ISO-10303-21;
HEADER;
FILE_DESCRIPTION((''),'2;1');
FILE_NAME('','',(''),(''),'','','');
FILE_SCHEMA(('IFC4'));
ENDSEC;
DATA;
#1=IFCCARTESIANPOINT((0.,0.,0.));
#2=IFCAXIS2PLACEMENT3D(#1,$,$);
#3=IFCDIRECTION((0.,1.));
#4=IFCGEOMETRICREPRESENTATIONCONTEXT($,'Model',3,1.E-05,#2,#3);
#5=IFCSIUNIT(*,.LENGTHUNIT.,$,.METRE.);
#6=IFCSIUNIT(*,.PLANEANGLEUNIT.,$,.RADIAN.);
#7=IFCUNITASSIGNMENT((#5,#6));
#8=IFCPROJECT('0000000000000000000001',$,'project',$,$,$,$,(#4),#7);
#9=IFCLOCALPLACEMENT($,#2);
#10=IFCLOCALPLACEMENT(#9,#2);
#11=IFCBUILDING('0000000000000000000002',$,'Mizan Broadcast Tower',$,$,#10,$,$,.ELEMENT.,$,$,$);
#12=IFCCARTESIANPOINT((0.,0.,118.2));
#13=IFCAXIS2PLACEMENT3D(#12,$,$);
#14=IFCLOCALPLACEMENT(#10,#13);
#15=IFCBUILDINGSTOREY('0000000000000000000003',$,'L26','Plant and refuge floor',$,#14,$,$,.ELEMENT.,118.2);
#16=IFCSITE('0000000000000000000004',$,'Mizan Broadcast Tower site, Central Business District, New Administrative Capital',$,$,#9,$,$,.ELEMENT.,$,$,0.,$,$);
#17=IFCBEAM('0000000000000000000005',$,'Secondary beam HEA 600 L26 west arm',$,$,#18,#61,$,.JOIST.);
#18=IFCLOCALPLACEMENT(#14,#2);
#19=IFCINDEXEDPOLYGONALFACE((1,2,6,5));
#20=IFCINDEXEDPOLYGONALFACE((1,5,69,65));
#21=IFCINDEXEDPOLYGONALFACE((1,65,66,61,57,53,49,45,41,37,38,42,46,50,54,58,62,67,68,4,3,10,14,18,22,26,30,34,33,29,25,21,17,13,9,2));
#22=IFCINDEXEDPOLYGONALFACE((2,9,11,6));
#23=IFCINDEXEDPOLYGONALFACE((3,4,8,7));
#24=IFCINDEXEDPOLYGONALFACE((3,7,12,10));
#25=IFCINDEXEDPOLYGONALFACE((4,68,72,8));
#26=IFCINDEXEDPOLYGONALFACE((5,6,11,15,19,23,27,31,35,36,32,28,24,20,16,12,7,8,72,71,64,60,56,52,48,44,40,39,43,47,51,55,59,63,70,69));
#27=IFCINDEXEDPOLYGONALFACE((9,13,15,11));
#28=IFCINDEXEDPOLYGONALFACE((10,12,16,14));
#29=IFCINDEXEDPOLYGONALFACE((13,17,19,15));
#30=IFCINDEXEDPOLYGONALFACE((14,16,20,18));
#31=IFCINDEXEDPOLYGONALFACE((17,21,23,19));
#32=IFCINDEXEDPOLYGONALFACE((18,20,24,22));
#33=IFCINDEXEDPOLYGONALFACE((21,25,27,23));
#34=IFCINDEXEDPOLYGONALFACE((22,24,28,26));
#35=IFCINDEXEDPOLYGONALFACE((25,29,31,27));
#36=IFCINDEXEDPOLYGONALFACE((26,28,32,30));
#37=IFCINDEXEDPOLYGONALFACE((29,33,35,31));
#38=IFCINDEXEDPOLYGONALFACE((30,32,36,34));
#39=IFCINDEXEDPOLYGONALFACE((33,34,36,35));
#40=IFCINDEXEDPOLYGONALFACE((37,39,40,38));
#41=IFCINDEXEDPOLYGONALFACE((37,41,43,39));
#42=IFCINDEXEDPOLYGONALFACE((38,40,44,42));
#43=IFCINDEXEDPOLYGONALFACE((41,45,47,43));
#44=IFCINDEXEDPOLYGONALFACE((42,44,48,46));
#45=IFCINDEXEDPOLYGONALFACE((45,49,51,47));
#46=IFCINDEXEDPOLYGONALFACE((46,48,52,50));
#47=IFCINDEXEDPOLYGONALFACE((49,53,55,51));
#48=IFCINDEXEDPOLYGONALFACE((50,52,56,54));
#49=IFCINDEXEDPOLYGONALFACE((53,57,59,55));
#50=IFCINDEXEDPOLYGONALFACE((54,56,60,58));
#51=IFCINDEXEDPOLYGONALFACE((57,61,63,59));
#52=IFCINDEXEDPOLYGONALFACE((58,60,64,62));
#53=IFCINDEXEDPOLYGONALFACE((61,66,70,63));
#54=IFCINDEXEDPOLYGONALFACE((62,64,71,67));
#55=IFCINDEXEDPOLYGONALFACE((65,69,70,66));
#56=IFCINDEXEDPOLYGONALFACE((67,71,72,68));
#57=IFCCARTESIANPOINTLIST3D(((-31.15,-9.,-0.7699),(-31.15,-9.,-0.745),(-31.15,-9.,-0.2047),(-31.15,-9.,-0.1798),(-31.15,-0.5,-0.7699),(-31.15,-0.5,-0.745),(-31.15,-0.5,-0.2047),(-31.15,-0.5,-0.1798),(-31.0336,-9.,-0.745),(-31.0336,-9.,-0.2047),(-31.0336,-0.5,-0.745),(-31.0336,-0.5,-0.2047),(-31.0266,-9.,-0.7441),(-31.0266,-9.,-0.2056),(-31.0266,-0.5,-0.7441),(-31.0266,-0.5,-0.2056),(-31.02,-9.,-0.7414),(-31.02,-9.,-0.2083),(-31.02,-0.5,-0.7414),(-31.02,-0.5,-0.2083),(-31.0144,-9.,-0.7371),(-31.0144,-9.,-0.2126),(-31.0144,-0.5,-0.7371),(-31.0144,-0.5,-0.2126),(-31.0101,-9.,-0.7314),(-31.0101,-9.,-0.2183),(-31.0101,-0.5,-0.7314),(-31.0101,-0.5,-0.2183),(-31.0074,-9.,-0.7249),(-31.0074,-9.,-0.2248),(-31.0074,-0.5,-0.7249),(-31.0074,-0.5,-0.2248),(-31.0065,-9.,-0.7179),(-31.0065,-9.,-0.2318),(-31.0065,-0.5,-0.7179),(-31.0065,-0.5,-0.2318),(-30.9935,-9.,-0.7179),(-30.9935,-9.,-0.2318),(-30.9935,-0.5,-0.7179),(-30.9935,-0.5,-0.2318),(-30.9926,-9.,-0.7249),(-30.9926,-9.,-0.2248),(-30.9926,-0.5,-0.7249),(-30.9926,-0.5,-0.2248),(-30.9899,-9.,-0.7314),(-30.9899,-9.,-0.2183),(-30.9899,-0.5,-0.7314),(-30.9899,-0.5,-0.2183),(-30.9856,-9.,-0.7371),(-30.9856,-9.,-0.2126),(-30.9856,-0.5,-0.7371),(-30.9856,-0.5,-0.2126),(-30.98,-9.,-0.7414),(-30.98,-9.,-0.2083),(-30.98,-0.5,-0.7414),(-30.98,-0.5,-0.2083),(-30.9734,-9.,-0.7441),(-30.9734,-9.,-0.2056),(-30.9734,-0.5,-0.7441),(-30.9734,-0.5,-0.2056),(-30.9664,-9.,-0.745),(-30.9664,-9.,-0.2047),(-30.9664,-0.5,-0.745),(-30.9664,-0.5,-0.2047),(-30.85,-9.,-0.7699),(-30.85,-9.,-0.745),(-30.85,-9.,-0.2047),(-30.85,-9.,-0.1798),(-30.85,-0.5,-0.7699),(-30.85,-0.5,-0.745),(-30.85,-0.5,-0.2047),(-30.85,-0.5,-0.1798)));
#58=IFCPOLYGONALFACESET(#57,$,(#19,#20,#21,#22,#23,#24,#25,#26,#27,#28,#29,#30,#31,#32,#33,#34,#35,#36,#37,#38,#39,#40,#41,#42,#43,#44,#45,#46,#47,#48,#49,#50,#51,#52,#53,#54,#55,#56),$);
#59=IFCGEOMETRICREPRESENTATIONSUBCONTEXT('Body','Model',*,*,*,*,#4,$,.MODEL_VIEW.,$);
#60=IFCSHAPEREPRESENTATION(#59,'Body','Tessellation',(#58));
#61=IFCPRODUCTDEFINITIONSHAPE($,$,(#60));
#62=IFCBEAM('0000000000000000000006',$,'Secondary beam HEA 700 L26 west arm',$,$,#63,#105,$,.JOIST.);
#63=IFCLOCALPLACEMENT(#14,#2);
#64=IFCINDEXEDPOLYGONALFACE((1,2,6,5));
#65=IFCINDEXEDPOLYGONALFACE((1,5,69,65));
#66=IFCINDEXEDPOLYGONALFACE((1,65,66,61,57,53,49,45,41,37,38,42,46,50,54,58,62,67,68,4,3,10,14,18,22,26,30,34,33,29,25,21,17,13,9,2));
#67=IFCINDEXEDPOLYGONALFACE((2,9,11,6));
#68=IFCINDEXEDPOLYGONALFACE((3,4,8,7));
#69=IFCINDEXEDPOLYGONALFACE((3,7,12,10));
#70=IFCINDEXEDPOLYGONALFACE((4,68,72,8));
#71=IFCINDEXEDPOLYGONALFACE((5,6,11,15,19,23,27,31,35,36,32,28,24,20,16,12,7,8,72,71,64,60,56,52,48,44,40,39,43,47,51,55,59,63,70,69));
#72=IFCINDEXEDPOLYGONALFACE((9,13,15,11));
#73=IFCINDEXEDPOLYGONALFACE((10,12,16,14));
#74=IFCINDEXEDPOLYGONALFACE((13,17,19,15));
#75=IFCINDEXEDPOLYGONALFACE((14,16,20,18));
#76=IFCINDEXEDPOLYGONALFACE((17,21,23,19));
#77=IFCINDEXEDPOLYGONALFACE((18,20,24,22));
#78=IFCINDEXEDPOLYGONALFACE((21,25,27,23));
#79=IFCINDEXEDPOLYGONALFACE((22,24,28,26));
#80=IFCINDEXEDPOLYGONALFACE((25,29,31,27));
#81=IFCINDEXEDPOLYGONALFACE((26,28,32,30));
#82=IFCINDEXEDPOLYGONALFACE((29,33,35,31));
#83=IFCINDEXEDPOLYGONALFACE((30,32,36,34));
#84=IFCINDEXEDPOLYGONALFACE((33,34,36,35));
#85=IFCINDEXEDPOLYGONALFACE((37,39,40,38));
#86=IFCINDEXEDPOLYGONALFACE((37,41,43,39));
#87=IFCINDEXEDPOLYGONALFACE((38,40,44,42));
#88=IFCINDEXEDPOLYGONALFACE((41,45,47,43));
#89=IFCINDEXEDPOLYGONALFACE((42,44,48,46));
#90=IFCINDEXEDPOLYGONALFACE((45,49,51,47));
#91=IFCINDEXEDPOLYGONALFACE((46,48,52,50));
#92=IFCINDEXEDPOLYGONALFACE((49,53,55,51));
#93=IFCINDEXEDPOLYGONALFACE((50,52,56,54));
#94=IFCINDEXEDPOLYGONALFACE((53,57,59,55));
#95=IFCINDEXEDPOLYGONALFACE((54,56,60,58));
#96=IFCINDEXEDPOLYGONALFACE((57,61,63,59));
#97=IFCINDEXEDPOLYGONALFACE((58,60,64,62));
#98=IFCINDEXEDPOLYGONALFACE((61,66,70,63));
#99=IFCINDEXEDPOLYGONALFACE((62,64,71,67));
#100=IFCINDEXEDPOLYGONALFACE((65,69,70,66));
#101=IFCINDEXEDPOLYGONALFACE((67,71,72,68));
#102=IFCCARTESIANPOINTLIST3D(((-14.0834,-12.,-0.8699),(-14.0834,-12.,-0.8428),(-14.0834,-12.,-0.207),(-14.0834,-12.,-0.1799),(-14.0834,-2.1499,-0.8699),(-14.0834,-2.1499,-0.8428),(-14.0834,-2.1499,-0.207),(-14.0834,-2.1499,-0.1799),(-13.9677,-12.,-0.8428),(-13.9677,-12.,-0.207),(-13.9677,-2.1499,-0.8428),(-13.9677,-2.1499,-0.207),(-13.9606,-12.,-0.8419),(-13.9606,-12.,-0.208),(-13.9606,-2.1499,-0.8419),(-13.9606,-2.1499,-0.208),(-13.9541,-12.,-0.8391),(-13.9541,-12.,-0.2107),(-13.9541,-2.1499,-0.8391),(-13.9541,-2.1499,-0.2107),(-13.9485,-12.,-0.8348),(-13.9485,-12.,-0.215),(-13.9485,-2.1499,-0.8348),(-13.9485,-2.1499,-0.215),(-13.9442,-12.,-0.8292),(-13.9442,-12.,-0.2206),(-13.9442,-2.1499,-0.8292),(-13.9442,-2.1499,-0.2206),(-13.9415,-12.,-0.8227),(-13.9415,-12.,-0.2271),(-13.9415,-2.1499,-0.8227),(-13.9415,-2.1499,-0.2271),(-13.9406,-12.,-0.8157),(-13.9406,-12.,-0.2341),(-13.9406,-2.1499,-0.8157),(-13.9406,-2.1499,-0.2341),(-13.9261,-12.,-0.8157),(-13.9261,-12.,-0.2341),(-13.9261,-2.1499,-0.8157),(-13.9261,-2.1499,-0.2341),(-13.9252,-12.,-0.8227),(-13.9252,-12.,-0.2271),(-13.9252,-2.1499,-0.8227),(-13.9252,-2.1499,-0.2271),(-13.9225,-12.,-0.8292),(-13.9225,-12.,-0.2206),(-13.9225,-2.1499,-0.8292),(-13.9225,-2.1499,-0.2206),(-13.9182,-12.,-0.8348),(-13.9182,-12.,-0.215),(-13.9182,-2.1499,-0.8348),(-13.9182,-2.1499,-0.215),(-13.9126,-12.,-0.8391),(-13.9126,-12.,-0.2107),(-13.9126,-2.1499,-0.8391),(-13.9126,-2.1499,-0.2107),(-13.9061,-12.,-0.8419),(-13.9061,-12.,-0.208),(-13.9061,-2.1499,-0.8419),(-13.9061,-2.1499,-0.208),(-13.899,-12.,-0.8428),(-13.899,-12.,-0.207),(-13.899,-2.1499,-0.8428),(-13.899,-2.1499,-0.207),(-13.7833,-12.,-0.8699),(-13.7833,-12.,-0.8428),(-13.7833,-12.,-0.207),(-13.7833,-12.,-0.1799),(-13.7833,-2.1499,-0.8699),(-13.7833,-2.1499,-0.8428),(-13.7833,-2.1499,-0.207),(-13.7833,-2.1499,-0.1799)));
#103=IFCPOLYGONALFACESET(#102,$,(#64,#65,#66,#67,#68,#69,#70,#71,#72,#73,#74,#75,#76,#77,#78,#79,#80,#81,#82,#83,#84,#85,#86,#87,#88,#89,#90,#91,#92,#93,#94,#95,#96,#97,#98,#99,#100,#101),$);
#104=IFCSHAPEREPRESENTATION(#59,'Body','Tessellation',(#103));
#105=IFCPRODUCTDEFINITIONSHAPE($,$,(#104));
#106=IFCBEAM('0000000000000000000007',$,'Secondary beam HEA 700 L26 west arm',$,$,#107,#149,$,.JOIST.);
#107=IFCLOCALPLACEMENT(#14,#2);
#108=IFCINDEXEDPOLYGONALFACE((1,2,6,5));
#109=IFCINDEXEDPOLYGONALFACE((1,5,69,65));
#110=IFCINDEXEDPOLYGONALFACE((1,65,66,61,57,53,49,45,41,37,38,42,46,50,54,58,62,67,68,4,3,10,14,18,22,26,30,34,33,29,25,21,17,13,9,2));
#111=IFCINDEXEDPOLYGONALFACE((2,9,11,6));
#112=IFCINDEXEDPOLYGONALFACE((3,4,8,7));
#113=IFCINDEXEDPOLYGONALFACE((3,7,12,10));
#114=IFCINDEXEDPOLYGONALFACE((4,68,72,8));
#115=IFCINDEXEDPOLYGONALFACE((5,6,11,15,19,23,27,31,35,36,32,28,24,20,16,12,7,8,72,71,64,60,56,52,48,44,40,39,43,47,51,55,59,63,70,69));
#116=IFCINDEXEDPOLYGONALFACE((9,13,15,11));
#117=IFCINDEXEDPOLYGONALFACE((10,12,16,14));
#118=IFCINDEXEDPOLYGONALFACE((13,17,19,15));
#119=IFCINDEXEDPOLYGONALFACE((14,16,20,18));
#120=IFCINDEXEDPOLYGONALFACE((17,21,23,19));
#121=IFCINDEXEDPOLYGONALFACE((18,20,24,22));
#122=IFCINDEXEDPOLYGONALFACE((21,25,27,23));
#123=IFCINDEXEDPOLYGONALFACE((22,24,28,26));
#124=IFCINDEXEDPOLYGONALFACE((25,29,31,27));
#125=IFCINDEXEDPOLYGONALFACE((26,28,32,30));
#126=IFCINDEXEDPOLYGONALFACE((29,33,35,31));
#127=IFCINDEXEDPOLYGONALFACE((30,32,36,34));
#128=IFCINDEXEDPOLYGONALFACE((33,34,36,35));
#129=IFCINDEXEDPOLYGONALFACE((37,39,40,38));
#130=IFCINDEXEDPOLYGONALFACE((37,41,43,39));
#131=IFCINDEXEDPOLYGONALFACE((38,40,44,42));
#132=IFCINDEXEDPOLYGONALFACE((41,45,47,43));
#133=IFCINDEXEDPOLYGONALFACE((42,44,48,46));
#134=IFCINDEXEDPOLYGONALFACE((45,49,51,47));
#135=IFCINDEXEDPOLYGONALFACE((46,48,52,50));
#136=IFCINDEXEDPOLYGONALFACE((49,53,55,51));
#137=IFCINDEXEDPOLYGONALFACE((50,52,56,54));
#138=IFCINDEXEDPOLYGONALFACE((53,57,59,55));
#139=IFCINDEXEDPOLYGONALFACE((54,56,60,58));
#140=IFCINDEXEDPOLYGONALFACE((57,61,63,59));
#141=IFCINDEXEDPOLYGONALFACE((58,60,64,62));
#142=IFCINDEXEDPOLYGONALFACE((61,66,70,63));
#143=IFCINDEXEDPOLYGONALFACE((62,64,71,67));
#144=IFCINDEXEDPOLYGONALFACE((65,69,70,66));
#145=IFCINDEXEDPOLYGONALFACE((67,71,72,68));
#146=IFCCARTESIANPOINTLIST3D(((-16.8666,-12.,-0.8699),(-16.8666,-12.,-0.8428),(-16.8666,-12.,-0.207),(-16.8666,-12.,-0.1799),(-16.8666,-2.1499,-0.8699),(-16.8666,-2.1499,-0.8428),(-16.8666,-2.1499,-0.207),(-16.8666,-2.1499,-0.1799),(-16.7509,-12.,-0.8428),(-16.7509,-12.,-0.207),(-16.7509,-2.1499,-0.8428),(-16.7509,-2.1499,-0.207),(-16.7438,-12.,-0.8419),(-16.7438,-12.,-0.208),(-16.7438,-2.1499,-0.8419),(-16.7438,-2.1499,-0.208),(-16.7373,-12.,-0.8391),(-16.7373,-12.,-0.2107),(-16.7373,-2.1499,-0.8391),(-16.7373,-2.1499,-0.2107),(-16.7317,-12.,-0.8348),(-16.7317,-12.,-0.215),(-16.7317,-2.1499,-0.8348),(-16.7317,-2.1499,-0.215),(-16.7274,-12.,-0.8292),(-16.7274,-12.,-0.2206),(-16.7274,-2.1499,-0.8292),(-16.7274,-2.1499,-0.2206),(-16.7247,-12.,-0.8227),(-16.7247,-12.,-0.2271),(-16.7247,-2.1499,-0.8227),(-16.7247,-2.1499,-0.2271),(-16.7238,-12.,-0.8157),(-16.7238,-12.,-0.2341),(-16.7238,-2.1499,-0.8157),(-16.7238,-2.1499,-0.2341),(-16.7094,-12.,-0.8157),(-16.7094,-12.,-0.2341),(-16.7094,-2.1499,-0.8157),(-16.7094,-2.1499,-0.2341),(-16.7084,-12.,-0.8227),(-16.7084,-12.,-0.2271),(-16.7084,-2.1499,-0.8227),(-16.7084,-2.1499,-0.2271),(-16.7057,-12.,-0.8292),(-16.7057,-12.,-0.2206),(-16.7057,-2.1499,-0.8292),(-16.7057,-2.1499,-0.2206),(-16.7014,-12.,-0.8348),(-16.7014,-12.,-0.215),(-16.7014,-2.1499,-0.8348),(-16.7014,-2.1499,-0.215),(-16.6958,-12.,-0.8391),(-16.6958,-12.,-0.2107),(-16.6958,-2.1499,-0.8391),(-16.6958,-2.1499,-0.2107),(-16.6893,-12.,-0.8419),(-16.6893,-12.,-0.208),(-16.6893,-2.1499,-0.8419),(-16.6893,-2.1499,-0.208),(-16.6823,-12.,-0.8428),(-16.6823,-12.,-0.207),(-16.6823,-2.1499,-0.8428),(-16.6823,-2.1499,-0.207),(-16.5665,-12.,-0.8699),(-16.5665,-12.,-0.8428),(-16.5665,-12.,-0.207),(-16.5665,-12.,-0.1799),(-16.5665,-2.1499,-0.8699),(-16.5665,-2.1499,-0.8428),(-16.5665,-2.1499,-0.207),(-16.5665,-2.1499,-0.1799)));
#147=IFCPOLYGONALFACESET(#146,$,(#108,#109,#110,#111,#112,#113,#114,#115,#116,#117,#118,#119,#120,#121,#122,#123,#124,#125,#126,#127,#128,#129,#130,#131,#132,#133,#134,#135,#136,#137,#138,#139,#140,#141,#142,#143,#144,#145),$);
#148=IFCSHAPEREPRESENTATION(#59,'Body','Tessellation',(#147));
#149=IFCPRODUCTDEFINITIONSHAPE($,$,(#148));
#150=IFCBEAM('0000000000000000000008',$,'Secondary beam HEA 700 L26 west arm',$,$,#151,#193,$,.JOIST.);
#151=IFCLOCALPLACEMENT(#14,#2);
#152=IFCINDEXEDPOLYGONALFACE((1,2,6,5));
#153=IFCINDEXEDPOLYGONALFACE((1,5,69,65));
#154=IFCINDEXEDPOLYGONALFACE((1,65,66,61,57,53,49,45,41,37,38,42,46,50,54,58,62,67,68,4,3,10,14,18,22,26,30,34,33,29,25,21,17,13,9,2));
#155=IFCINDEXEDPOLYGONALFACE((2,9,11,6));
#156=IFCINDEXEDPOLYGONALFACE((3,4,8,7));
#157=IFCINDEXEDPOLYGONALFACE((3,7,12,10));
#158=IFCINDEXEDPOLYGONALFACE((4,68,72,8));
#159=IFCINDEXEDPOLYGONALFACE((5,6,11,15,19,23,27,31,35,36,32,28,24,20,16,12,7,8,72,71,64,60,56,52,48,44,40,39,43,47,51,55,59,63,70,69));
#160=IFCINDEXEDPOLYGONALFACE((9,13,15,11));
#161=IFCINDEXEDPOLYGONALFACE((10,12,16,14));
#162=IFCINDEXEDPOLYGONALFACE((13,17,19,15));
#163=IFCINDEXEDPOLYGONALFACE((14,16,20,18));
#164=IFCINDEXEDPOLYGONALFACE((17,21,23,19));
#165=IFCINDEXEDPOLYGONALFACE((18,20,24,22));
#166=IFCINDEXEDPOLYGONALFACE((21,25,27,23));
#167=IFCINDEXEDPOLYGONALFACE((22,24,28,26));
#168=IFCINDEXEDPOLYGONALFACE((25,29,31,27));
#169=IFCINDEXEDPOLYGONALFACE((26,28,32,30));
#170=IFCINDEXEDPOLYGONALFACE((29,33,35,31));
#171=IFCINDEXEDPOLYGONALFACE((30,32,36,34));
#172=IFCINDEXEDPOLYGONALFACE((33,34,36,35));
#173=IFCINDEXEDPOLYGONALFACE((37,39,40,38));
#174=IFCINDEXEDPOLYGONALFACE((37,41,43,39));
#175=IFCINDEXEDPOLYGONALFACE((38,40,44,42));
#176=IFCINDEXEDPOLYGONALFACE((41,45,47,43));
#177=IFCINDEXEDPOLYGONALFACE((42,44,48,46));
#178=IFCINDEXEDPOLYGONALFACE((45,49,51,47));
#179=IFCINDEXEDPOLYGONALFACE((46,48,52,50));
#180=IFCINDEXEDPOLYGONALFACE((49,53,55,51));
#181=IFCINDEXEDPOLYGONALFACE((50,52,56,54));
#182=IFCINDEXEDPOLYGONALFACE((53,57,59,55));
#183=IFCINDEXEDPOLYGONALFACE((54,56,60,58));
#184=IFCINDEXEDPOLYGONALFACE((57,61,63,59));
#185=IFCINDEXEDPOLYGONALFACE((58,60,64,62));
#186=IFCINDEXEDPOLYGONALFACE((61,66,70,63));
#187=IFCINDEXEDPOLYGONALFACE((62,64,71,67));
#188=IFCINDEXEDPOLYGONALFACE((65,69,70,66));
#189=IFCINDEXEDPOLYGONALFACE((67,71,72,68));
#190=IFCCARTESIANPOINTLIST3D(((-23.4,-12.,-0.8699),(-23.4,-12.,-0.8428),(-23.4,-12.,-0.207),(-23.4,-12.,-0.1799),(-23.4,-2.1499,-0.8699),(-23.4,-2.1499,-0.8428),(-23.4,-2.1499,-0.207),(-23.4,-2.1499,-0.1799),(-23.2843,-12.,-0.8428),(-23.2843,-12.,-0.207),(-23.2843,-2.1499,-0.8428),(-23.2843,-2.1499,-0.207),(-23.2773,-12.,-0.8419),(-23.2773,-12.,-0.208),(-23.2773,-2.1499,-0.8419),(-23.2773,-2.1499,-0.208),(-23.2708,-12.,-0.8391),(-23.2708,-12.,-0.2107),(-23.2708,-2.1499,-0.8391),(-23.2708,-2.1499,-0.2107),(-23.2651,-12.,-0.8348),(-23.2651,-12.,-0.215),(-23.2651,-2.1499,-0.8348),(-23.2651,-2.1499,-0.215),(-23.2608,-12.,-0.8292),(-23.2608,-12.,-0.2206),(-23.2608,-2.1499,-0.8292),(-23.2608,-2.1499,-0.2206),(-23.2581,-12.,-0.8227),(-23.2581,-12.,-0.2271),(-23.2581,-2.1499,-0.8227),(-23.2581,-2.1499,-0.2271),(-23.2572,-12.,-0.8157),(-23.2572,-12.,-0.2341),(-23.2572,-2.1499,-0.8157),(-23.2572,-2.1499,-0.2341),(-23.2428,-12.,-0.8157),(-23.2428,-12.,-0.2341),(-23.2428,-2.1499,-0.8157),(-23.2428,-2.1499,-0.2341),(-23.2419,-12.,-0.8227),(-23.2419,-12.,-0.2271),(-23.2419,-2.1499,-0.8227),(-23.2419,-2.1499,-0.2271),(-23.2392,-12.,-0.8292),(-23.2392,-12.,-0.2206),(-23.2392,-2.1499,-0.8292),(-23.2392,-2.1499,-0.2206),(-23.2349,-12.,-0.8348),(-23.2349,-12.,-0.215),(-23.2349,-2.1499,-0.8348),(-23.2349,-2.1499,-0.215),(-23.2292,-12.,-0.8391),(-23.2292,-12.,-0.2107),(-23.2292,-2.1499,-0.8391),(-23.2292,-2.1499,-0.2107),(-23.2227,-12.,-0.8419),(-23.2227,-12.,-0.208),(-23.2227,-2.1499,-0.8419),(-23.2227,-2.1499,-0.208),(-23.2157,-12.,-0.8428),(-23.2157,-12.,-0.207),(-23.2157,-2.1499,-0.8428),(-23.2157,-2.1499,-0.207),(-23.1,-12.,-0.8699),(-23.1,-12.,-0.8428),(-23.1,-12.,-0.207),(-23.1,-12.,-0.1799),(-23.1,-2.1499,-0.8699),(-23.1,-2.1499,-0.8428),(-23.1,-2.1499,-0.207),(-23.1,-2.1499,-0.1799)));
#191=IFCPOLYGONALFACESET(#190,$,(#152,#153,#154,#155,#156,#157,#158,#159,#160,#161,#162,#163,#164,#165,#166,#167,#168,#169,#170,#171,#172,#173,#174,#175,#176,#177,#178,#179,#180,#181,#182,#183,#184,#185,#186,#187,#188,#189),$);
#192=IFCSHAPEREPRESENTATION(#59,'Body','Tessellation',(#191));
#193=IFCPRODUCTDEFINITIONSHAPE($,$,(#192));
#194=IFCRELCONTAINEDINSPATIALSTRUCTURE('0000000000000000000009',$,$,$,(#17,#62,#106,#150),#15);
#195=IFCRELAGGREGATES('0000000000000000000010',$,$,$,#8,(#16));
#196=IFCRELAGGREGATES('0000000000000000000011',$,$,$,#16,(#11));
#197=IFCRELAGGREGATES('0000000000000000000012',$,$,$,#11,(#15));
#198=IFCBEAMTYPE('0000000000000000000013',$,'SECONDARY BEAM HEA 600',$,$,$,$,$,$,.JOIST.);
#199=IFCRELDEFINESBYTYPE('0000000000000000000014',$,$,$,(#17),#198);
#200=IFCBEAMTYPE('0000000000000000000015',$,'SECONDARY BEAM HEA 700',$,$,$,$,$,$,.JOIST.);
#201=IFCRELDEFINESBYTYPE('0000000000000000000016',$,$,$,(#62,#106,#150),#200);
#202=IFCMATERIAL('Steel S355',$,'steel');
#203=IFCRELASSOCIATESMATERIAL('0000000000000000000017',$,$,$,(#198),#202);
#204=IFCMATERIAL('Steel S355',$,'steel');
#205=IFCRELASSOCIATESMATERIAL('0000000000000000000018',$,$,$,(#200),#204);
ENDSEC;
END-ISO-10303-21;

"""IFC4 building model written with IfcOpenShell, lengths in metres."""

from ifc_helpers import new_model, si_unit, direction, frame, origin, origin_2d, place, context, subcontext, project, spatial, i_section, extrude, material, material_profile, profile_set, type_object, element, save


model = new_model("IFC4")

# Units and contexts
model_context = context("Model", 3, precision=1e-05, world=origin(), true_north=direction((0.0, 1.0)))
body_context = subcontext(model_context, "Body", "Model", "MODEL_VIEW")
ifc_project = project(units=[si_unit("LENGTHUNIT", "METRE"), si_unit("PLANEANGLEUNIT", "RADIAN")], contexts=[model_context])

# Site, building, storey
site_placement = place(None, origin())
site = spatial("IfcSite", under=ifc_project, at=site_placement, Name="Mizan Broadcast Tower site, Central Business District, New Administrative Capital", CompositionType="ELEMENT", RefElevation=0.0)
building_placement = place(site_placement, origin())
building = spatial("IfcBuilding", under=site, at=building_placement, Name="Mizan Broadcast Tower", CompositionType="ELEMENT")
storey_placement = place(building_placement, frame((0.0, 0.0, 118.2)))
storey = spatial("IfcBuildingStorey", under=building, at=storey_placement, Name="L26", Description="Plant and refuge floor", CompositionType="ELEMENT", Elevation=118.2)

# Beams
ifc_material_1 = material(Name="Steel S355", Category="steel")
ifc_material_profile_1 = material_profile(ifc_material_1, i_section(OverallWidth=0.3, OverallDepth=0.5901, WebThickness=0.0129, FlangeThickness=0.0249, FilletRadius=0.0271, at=origin_2d()), Name="HEA 600")
ifc_profile_set_1 = profile_set([ifc_material_profile_1], Name="Steel S355")
beam_type_1 = type_object("IfcBeamType", Name="SECONDARY BEAM HEA 600", PredefinedType="JOIST", material=ifc_profile_set_1)
beam_1_placement = place(storey_placement, frame((-31.0, -9.0, -0.4749), z_axis=(0.0, 1.0, 0.0), x_axis=(-1.0, 0.0, 0.0)))
element("IfcBeam", 1, at=beam_1_placement, inside=storey, type_object=beam_type_1, Name="Secondary beam HEA 600 L26 west arm", PredefinedType="JOIST", context=body_context, shape_type="SweptSolid", body=[
    extrude(i_section(OverallWidth=0.3, OverallDepth=0.5901, WebThickness=0.0129, FlangeThickness=0.0249, FilletRadius=0.0271, at=origin_2d()), origin(), (0.0, 0.0, 1.0), 8.5),
])
ifc_material_2 = material(Name="Steel S355", Category="steel")
ifc_material_profile_2 = material_profile(ifc_material_2, i_section(OverallWidth=0.3, OverallDepth=0.6899, WebThickness=0.0144, FlangeThickness=0.0271, FilletRadius=0.0271, at=origin_2d()), Name="HEA 700")
ifc_profile_set_2 = profile_set([ifc_material_profile_2], Name="Steel S355")
beam_type_2 = type_object("IfcBeamType", Name="SECONDARY BEAM HEA 700", PredefinedType="JOIST", material=ifc_profile_set_2)
for number, where, z_axis, x_axis, name in (
    (2, (-13.9333, -12.0, -0.5249), (0.0, 1.0, 0.0), (-1.0, 0.0, 0.0), "Secondary beam HEA 700 L26 west arm"),
    (3, (-16.7166, -12.0, -0.5249), (0.0, 1.0, 0.0), (-1.0, 0.0, 0.0), "Secondary beam HEA 700 L26 west arm"),
    (4, (-23.25, -12.0, -0.5249), (0.0, 1.0, 0.0), (-1.0, 0.0, 0.0), "Secondary beam HEA 700 L26 west arm"),
):
    element("IfcBeam", number, at=place(storey_placement, frame(where, z_axis=z_axis, x_axis=x_axis)), inside=storey, type_object=beam_type_2, Name=name, PredefinedType="JOIST", context=body_context, shape_type="SweptSolid", body=[
        extrude(i_section(OverallWidth=0.3, OverallDepth=0.6899, WebThickness=0.0144, FlangeThickness=0.0271, FilletRadius=0.0271, at=origin_2d()), origin(), (0.0, 0.0, 1.0), 9.8501),
    ])

save(model, "model.ifc")
